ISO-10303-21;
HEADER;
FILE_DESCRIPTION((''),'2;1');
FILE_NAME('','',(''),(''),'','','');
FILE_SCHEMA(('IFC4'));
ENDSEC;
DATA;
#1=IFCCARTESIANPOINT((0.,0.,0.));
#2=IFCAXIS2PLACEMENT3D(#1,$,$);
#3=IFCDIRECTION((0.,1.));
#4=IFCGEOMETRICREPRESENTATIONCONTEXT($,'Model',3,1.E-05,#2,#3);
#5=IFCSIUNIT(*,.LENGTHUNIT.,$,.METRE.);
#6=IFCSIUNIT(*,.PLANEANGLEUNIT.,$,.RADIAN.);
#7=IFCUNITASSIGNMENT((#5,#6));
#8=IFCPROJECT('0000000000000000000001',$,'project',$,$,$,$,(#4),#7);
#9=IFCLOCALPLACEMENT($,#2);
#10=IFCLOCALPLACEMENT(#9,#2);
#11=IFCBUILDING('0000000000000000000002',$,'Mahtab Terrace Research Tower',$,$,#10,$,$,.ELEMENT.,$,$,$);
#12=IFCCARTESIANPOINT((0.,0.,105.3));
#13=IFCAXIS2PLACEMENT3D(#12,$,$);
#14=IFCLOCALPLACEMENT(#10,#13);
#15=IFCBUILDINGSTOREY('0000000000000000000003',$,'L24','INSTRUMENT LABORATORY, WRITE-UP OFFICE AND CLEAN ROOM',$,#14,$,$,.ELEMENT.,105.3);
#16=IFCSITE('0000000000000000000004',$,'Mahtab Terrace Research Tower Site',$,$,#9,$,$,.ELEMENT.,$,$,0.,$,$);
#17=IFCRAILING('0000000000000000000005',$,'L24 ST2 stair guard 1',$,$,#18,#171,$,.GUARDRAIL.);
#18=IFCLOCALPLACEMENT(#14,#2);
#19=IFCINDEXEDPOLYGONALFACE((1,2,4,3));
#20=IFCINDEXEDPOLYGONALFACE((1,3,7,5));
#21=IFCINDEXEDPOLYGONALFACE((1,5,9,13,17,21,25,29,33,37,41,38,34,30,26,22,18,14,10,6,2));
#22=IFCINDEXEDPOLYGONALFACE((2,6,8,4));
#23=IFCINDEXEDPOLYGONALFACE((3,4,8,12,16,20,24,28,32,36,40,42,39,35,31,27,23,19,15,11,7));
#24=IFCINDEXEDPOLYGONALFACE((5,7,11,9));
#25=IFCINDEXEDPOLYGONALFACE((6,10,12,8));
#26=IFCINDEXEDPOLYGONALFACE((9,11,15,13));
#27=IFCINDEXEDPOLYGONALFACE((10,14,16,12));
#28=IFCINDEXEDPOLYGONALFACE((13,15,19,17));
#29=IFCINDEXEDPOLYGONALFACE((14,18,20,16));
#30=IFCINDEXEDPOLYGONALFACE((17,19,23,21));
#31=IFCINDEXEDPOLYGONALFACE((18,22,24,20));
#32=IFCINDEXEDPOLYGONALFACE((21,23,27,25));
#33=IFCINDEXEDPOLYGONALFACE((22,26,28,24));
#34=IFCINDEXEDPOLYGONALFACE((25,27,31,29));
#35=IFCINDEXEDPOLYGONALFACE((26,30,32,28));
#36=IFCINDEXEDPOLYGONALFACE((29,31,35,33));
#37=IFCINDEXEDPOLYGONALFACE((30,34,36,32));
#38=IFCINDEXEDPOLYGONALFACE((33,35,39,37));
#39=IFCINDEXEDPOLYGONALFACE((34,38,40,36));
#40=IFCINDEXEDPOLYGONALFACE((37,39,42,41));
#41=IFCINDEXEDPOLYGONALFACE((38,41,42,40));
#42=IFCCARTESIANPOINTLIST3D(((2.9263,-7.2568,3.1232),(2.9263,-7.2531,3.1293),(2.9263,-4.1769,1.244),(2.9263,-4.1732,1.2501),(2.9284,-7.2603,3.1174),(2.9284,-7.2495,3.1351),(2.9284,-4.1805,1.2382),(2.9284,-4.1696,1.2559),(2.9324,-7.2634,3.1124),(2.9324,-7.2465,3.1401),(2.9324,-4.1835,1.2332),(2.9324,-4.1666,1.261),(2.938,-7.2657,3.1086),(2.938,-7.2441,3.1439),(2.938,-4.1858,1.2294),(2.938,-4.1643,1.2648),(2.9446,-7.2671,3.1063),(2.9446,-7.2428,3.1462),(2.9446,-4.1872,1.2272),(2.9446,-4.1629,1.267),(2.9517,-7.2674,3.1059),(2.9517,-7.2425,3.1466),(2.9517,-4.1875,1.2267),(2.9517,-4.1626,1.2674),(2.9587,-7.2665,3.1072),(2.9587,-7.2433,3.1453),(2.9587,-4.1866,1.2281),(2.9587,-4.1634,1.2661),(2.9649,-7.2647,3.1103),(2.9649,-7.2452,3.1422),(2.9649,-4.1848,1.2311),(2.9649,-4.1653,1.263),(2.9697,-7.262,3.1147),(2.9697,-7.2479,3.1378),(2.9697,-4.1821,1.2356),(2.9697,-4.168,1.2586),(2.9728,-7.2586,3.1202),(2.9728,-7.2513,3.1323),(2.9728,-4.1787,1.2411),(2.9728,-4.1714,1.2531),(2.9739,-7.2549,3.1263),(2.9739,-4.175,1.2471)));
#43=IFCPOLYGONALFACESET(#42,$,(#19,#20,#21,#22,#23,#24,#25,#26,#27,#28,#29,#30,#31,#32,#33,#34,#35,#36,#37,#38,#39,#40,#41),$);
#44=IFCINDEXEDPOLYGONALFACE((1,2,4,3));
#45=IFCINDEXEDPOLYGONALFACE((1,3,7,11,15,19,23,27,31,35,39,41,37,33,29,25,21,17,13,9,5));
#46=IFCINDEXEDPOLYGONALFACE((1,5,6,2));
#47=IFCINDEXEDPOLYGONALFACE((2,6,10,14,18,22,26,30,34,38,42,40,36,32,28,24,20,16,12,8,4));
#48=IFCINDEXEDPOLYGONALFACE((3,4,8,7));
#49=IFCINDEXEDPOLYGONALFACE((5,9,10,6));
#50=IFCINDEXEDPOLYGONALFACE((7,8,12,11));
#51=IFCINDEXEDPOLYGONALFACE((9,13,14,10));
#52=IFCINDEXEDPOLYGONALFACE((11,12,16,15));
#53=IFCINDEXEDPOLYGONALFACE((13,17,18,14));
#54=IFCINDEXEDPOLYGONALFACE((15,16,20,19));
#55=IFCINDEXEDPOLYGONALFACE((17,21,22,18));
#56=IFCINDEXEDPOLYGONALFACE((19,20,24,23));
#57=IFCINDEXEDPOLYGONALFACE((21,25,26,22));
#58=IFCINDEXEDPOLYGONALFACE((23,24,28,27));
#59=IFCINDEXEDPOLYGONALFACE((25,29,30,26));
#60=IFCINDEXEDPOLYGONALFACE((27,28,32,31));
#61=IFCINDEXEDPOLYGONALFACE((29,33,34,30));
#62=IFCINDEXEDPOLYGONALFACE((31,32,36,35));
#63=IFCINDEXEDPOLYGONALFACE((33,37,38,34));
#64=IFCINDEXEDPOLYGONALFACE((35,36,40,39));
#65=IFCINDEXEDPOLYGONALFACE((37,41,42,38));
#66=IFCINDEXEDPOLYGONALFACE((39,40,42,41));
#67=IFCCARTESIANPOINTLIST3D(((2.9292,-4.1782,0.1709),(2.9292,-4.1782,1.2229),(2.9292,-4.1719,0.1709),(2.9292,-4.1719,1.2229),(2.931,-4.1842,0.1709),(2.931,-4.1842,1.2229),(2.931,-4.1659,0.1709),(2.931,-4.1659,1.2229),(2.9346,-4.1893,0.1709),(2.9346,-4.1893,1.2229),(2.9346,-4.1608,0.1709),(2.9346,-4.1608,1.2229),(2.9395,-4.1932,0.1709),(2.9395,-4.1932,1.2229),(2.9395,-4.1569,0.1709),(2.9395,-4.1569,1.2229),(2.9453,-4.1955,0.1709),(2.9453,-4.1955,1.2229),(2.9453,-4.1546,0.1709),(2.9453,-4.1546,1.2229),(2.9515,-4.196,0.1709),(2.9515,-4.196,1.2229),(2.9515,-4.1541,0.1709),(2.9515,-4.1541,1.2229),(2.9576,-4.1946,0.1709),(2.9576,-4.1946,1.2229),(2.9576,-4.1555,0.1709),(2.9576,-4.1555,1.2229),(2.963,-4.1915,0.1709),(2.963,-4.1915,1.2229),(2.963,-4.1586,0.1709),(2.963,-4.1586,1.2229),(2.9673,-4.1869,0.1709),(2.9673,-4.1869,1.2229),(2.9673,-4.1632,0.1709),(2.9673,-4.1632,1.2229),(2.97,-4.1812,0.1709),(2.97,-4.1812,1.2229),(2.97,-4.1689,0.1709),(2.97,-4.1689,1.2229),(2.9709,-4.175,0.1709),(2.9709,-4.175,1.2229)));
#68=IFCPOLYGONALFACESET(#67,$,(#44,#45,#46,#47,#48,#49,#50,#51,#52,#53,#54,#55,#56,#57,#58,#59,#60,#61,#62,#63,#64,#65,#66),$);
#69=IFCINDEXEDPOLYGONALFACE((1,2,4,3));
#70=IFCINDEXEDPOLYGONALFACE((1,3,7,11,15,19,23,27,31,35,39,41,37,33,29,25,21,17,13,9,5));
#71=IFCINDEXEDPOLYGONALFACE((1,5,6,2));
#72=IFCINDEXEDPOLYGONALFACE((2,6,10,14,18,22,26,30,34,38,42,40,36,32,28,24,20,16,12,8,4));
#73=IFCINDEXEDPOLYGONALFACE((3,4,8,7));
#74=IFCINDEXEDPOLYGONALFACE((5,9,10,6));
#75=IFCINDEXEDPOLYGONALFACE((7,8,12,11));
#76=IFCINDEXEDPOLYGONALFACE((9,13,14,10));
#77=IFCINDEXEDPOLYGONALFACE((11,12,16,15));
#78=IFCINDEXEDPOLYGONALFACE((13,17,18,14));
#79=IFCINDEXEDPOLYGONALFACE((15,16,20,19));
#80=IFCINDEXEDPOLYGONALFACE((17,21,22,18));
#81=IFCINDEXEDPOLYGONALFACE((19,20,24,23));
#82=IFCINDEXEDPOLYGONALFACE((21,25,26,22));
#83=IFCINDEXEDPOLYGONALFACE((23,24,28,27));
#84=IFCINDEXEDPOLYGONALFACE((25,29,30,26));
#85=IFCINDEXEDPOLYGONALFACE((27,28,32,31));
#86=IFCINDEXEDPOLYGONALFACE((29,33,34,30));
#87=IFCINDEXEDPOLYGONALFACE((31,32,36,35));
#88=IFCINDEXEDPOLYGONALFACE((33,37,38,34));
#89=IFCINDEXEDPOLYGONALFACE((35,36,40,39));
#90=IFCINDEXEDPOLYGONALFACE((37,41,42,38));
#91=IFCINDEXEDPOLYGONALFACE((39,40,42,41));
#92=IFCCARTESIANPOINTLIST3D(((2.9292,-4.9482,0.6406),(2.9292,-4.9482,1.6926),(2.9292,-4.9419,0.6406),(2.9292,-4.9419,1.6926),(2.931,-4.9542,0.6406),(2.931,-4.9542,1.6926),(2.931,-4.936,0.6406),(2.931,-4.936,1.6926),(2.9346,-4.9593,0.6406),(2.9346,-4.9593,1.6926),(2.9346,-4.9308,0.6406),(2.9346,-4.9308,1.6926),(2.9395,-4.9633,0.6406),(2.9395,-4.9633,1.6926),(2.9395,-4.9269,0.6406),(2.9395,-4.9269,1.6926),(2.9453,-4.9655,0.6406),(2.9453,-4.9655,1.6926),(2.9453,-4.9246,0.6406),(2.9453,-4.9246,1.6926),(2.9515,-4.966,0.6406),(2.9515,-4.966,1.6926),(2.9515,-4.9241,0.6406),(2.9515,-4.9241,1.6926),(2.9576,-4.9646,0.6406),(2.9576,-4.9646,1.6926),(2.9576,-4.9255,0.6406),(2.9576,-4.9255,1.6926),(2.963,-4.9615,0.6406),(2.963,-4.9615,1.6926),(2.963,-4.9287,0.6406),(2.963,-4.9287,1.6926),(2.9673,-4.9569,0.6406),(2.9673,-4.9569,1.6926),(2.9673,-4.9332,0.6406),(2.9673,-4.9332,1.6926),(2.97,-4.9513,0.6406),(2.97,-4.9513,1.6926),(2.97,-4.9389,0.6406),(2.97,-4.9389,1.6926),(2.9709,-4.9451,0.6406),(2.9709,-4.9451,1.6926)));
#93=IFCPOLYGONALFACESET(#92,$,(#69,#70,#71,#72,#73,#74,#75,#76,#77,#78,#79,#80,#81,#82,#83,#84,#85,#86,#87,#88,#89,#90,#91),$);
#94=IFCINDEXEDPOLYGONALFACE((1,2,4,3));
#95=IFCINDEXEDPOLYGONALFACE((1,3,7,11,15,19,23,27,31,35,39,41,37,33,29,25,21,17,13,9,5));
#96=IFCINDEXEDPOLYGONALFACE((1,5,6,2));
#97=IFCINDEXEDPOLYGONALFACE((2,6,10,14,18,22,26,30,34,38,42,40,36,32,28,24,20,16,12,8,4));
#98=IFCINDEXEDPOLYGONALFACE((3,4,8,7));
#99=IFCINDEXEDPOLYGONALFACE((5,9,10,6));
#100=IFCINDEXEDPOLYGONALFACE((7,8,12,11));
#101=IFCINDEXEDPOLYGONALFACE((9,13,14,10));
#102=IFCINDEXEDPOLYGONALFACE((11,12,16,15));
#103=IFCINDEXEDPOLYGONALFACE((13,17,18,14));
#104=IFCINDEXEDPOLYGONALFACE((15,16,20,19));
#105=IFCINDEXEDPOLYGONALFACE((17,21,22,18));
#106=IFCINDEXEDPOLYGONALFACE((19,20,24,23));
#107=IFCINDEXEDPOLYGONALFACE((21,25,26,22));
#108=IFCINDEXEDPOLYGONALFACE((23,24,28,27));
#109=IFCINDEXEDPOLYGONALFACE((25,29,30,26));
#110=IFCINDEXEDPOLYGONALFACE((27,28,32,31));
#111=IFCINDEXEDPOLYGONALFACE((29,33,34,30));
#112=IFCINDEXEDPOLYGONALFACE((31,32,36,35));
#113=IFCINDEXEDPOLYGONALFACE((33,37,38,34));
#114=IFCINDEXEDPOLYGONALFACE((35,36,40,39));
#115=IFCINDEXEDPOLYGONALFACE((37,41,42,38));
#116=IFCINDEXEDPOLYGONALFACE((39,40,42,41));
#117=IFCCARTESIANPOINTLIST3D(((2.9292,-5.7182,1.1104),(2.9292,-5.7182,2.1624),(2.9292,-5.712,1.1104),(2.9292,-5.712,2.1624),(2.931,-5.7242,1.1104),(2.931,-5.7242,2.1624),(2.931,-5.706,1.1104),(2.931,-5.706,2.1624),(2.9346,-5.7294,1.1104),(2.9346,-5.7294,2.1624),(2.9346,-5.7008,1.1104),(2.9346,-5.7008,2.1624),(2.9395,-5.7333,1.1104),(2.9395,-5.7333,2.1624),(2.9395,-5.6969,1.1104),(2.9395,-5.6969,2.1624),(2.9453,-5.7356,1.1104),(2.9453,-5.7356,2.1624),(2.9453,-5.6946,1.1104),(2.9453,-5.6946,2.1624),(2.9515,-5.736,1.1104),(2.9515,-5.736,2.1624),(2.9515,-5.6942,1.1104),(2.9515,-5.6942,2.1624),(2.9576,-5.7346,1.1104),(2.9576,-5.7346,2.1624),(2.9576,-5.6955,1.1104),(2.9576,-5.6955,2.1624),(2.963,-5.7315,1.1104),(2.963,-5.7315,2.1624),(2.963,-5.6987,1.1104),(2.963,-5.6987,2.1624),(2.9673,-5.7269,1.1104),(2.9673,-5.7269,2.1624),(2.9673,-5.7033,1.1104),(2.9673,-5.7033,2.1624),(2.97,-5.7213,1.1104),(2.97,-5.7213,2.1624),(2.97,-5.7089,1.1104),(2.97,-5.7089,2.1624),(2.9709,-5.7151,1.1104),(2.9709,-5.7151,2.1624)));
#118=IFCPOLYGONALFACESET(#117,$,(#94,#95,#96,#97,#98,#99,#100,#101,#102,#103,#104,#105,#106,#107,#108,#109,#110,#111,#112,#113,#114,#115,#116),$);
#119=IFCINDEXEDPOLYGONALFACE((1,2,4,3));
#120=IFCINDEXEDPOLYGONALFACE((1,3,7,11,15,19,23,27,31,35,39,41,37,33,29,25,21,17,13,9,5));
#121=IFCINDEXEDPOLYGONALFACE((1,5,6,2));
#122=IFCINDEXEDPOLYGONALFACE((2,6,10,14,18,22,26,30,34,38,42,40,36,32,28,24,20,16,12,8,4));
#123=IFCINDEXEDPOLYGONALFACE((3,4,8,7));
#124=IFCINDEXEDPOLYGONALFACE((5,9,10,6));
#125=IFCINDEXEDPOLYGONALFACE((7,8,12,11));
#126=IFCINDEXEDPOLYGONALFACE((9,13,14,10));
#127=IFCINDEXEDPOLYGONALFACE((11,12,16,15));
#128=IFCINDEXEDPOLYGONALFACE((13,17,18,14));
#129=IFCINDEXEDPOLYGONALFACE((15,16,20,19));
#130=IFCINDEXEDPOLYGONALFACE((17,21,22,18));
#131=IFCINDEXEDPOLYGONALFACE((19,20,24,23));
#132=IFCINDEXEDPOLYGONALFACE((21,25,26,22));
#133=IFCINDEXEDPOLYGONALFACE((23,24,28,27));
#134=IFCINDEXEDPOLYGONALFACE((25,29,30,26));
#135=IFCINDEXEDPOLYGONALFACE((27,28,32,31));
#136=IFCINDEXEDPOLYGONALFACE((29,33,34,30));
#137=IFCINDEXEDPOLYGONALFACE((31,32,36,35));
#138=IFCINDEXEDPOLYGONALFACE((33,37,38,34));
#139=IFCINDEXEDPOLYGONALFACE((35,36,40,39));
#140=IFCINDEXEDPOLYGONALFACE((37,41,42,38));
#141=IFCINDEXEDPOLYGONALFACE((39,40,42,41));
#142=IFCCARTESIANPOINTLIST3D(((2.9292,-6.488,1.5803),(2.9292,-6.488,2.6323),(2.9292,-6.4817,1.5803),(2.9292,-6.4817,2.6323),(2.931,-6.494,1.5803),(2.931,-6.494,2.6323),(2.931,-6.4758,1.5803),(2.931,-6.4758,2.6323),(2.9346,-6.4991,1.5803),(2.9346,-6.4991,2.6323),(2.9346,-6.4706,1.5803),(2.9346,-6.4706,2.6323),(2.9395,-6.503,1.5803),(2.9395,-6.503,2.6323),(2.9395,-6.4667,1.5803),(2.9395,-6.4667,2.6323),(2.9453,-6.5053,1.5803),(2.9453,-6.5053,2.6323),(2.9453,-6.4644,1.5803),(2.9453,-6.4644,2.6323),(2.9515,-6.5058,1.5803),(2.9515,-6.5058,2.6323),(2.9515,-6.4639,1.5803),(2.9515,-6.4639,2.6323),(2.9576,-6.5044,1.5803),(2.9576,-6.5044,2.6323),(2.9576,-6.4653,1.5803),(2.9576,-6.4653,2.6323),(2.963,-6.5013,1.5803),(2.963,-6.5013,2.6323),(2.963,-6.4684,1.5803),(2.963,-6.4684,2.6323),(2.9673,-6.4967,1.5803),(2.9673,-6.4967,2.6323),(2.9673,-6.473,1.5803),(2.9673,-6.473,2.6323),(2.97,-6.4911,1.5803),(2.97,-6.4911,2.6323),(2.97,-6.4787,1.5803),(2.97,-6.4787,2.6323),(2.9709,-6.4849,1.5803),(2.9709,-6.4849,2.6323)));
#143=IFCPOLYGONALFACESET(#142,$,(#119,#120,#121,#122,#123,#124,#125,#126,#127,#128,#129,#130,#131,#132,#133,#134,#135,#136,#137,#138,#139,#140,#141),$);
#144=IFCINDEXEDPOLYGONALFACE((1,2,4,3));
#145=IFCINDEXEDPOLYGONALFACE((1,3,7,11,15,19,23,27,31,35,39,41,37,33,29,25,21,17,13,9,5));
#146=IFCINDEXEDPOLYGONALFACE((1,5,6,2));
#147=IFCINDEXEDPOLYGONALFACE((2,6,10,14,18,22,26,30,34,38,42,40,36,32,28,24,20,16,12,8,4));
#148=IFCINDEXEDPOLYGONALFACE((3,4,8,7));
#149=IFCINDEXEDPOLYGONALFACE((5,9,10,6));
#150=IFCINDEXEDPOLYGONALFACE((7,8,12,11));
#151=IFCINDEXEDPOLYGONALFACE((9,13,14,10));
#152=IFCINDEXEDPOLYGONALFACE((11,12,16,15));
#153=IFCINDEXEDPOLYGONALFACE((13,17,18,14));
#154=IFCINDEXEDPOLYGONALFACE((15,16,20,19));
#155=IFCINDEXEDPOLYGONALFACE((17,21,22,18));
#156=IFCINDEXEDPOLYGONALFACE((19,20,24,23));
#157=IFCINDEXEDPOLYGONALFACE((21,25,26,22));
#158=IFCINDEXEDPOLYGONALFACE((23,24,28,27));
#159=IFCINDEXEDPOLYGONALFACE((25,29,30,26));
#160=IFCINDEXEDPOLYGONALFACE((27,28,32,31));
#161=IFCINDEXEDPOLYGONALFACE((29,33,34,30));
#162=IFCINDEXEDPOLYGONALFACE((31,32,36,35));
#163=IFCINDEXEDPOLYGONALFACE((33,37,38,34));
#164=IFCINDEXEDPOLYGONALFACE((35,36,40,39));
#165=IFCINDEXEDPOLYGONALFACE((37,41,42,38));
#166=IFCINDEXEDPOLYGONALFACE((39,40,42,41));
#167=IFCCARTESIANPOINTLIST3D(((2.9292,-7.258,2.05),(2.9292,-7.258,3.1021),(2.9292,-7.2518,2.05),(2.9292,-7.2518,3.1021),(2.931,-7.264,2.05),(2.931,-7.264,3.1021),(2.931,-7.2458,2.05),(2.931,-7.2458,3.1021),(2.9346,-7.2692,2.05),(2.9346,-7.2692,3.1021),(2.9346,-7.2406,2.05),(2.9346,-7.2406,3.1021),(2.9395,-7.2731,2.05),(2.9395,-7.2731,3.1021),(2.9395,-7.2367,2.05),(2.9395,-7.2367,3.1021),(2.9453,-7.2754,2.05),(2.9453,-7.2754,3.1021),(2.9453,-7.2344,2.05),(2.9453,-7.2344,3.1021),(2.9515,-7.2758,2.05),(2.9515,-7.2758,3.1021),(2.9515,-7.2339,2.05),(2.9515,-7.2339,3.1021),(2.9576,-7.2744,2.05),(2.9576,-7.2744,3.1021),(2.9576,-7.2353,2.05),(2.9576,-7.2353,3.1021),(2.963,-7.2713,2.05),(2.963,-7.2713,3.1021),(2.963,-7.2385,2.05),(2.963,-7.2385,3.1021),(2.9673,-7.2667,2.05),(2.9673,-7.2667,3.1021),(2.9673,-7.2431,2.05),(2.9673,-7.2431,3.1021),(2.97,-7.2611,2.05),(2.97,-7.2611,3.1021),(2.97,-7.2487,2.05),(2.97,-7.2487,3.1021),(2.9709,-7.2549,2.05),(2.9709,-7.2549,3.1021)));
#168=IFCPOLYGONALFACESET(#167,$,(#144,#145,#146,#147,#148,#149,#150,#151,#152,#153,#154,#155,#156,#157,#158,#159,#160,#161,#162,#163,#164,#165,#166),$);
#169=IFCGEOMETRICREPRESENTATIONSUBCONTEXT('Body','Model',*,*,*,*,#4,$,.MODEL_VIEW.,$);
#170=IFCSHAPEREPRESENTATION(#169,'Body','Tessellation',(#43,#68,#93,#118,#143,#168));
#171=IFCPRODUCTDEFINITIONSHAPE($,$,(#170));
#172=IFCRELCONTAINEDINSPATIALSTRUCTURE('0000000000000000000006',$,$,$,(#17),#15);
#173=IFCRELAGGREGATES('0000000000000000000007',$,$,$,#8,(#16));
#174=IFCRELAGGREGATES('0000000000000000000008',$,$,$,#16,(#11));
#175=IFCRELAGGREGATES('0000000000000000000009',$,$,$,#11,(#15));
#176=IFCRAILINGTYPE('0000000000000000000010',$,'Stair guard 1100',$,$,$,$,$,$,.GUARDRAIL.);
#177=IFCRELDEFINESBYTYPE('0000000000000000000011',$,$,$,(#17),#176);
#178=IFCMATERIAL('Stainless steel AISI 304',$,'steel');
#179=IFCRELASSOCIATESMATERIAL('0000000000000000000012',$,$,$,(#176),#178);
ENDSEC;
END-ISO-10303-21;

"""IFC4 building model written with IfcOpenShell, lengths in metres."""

from ifc_helpers import new_model, si_unit, direction, frame, origin, origin_2d, place, context, subcontext, project, spatial, circle, extrude, material, type_object, element, save


model = new_model("IFC4")

# Units and contexts
model_context = context("Model", 3, precision=1e-05, world=origin(), true_north=direction((0.0, 1.0)))
body_context = subcontext(model_context, "Body", "Model", "MODEL_VIEW")
ifc_project = project(units=[si_unit("LENGTHUNIT", "METRE"), si_unit("PLANEANGLEUNIT", "RADIAN")], contexts=[model_context])

# Site, building, storey
site_placement = place(None, origin())
site = spatial("IfcSite", under=ifc_project, at=site_placement, Name="Mahtab Terrace Research Tower Site", CompositionType="ELEMENT", RefElevation=0.0)
building_placement = place(site_placement, origin())
building = spatial("IfcBuilding", under=site, at=building_placement, Name="Mahtab Terrace Research Tower", CompositionType="ELEMENT")
storey_placement = place(building_placement, frame((0.0, 0.0, 105.3)))
storey = spatial("IfcBuildingStorey", under=building, at=storey_placement, Name="L24", Description="INSTRUMENT LABORATORY, WRITE-UP OFFICE AND CLEAN ROOM", CompositionType="ELEMENT", Elevation=105.3)

# Railing
ifc_material_1 = material(Name="Stainless steel AISI 304", Category="steel")
railing_type_1 = type_object("IfcRailingType", Name="Stair guard 1100", PredefinedType="GUARDRAIL", material=ifc_material_1)
railing_1_placement = place(storey_placement, frame((2.95, -4.175, 0.1709)))
element("IfcRailing", 1, at=railing_1_placement, inside=storey, type_object=railing_type_1, Name="L24 ST2 stair guard 1", PredefinedType="GUARDRAIL", context=body_context, shape_type="SweptSolid", body=[
    extrude(circle(Radius=0.0239, at=origin_2d()), frame((0.0, 0.0, 1.0762), z_axis=(0.0, -0.853648, 0.52085), x_axis=(1.0, 0.0, 0.0)), (0.0, 0.0, 1.0), 3.6079),
    extrude(circle(Radius=0.021, at=origin_2d()), origin(), (0.0, 0.0, 1.0), 1.052),
    extrude(circle(Radius=0.021, at=origin_2d()), frame((0.0, -0.77, 0.4697)), (0.0, 0.0, 1.0), 1.052),
    extrude(circle(Radius=0.021, at=origin_2d()), frame((0.0, -1.54, 0.9395)), (0.0, 0.0, 1.0), 1.052),
    extrude(circle(Radius=0.021, at=origin_2d()), frame((0.0, -2.3098, 1.4094)), (0.0, 0.0, 1.0), 1.052),
    extrude(circle(Radius=0.021, at=origin_2d()), frame((0.0, -3.0798, 1.8792)), (0.0, 0.0, 1.0), 1.052),
])

save(model, "model.ifc")
